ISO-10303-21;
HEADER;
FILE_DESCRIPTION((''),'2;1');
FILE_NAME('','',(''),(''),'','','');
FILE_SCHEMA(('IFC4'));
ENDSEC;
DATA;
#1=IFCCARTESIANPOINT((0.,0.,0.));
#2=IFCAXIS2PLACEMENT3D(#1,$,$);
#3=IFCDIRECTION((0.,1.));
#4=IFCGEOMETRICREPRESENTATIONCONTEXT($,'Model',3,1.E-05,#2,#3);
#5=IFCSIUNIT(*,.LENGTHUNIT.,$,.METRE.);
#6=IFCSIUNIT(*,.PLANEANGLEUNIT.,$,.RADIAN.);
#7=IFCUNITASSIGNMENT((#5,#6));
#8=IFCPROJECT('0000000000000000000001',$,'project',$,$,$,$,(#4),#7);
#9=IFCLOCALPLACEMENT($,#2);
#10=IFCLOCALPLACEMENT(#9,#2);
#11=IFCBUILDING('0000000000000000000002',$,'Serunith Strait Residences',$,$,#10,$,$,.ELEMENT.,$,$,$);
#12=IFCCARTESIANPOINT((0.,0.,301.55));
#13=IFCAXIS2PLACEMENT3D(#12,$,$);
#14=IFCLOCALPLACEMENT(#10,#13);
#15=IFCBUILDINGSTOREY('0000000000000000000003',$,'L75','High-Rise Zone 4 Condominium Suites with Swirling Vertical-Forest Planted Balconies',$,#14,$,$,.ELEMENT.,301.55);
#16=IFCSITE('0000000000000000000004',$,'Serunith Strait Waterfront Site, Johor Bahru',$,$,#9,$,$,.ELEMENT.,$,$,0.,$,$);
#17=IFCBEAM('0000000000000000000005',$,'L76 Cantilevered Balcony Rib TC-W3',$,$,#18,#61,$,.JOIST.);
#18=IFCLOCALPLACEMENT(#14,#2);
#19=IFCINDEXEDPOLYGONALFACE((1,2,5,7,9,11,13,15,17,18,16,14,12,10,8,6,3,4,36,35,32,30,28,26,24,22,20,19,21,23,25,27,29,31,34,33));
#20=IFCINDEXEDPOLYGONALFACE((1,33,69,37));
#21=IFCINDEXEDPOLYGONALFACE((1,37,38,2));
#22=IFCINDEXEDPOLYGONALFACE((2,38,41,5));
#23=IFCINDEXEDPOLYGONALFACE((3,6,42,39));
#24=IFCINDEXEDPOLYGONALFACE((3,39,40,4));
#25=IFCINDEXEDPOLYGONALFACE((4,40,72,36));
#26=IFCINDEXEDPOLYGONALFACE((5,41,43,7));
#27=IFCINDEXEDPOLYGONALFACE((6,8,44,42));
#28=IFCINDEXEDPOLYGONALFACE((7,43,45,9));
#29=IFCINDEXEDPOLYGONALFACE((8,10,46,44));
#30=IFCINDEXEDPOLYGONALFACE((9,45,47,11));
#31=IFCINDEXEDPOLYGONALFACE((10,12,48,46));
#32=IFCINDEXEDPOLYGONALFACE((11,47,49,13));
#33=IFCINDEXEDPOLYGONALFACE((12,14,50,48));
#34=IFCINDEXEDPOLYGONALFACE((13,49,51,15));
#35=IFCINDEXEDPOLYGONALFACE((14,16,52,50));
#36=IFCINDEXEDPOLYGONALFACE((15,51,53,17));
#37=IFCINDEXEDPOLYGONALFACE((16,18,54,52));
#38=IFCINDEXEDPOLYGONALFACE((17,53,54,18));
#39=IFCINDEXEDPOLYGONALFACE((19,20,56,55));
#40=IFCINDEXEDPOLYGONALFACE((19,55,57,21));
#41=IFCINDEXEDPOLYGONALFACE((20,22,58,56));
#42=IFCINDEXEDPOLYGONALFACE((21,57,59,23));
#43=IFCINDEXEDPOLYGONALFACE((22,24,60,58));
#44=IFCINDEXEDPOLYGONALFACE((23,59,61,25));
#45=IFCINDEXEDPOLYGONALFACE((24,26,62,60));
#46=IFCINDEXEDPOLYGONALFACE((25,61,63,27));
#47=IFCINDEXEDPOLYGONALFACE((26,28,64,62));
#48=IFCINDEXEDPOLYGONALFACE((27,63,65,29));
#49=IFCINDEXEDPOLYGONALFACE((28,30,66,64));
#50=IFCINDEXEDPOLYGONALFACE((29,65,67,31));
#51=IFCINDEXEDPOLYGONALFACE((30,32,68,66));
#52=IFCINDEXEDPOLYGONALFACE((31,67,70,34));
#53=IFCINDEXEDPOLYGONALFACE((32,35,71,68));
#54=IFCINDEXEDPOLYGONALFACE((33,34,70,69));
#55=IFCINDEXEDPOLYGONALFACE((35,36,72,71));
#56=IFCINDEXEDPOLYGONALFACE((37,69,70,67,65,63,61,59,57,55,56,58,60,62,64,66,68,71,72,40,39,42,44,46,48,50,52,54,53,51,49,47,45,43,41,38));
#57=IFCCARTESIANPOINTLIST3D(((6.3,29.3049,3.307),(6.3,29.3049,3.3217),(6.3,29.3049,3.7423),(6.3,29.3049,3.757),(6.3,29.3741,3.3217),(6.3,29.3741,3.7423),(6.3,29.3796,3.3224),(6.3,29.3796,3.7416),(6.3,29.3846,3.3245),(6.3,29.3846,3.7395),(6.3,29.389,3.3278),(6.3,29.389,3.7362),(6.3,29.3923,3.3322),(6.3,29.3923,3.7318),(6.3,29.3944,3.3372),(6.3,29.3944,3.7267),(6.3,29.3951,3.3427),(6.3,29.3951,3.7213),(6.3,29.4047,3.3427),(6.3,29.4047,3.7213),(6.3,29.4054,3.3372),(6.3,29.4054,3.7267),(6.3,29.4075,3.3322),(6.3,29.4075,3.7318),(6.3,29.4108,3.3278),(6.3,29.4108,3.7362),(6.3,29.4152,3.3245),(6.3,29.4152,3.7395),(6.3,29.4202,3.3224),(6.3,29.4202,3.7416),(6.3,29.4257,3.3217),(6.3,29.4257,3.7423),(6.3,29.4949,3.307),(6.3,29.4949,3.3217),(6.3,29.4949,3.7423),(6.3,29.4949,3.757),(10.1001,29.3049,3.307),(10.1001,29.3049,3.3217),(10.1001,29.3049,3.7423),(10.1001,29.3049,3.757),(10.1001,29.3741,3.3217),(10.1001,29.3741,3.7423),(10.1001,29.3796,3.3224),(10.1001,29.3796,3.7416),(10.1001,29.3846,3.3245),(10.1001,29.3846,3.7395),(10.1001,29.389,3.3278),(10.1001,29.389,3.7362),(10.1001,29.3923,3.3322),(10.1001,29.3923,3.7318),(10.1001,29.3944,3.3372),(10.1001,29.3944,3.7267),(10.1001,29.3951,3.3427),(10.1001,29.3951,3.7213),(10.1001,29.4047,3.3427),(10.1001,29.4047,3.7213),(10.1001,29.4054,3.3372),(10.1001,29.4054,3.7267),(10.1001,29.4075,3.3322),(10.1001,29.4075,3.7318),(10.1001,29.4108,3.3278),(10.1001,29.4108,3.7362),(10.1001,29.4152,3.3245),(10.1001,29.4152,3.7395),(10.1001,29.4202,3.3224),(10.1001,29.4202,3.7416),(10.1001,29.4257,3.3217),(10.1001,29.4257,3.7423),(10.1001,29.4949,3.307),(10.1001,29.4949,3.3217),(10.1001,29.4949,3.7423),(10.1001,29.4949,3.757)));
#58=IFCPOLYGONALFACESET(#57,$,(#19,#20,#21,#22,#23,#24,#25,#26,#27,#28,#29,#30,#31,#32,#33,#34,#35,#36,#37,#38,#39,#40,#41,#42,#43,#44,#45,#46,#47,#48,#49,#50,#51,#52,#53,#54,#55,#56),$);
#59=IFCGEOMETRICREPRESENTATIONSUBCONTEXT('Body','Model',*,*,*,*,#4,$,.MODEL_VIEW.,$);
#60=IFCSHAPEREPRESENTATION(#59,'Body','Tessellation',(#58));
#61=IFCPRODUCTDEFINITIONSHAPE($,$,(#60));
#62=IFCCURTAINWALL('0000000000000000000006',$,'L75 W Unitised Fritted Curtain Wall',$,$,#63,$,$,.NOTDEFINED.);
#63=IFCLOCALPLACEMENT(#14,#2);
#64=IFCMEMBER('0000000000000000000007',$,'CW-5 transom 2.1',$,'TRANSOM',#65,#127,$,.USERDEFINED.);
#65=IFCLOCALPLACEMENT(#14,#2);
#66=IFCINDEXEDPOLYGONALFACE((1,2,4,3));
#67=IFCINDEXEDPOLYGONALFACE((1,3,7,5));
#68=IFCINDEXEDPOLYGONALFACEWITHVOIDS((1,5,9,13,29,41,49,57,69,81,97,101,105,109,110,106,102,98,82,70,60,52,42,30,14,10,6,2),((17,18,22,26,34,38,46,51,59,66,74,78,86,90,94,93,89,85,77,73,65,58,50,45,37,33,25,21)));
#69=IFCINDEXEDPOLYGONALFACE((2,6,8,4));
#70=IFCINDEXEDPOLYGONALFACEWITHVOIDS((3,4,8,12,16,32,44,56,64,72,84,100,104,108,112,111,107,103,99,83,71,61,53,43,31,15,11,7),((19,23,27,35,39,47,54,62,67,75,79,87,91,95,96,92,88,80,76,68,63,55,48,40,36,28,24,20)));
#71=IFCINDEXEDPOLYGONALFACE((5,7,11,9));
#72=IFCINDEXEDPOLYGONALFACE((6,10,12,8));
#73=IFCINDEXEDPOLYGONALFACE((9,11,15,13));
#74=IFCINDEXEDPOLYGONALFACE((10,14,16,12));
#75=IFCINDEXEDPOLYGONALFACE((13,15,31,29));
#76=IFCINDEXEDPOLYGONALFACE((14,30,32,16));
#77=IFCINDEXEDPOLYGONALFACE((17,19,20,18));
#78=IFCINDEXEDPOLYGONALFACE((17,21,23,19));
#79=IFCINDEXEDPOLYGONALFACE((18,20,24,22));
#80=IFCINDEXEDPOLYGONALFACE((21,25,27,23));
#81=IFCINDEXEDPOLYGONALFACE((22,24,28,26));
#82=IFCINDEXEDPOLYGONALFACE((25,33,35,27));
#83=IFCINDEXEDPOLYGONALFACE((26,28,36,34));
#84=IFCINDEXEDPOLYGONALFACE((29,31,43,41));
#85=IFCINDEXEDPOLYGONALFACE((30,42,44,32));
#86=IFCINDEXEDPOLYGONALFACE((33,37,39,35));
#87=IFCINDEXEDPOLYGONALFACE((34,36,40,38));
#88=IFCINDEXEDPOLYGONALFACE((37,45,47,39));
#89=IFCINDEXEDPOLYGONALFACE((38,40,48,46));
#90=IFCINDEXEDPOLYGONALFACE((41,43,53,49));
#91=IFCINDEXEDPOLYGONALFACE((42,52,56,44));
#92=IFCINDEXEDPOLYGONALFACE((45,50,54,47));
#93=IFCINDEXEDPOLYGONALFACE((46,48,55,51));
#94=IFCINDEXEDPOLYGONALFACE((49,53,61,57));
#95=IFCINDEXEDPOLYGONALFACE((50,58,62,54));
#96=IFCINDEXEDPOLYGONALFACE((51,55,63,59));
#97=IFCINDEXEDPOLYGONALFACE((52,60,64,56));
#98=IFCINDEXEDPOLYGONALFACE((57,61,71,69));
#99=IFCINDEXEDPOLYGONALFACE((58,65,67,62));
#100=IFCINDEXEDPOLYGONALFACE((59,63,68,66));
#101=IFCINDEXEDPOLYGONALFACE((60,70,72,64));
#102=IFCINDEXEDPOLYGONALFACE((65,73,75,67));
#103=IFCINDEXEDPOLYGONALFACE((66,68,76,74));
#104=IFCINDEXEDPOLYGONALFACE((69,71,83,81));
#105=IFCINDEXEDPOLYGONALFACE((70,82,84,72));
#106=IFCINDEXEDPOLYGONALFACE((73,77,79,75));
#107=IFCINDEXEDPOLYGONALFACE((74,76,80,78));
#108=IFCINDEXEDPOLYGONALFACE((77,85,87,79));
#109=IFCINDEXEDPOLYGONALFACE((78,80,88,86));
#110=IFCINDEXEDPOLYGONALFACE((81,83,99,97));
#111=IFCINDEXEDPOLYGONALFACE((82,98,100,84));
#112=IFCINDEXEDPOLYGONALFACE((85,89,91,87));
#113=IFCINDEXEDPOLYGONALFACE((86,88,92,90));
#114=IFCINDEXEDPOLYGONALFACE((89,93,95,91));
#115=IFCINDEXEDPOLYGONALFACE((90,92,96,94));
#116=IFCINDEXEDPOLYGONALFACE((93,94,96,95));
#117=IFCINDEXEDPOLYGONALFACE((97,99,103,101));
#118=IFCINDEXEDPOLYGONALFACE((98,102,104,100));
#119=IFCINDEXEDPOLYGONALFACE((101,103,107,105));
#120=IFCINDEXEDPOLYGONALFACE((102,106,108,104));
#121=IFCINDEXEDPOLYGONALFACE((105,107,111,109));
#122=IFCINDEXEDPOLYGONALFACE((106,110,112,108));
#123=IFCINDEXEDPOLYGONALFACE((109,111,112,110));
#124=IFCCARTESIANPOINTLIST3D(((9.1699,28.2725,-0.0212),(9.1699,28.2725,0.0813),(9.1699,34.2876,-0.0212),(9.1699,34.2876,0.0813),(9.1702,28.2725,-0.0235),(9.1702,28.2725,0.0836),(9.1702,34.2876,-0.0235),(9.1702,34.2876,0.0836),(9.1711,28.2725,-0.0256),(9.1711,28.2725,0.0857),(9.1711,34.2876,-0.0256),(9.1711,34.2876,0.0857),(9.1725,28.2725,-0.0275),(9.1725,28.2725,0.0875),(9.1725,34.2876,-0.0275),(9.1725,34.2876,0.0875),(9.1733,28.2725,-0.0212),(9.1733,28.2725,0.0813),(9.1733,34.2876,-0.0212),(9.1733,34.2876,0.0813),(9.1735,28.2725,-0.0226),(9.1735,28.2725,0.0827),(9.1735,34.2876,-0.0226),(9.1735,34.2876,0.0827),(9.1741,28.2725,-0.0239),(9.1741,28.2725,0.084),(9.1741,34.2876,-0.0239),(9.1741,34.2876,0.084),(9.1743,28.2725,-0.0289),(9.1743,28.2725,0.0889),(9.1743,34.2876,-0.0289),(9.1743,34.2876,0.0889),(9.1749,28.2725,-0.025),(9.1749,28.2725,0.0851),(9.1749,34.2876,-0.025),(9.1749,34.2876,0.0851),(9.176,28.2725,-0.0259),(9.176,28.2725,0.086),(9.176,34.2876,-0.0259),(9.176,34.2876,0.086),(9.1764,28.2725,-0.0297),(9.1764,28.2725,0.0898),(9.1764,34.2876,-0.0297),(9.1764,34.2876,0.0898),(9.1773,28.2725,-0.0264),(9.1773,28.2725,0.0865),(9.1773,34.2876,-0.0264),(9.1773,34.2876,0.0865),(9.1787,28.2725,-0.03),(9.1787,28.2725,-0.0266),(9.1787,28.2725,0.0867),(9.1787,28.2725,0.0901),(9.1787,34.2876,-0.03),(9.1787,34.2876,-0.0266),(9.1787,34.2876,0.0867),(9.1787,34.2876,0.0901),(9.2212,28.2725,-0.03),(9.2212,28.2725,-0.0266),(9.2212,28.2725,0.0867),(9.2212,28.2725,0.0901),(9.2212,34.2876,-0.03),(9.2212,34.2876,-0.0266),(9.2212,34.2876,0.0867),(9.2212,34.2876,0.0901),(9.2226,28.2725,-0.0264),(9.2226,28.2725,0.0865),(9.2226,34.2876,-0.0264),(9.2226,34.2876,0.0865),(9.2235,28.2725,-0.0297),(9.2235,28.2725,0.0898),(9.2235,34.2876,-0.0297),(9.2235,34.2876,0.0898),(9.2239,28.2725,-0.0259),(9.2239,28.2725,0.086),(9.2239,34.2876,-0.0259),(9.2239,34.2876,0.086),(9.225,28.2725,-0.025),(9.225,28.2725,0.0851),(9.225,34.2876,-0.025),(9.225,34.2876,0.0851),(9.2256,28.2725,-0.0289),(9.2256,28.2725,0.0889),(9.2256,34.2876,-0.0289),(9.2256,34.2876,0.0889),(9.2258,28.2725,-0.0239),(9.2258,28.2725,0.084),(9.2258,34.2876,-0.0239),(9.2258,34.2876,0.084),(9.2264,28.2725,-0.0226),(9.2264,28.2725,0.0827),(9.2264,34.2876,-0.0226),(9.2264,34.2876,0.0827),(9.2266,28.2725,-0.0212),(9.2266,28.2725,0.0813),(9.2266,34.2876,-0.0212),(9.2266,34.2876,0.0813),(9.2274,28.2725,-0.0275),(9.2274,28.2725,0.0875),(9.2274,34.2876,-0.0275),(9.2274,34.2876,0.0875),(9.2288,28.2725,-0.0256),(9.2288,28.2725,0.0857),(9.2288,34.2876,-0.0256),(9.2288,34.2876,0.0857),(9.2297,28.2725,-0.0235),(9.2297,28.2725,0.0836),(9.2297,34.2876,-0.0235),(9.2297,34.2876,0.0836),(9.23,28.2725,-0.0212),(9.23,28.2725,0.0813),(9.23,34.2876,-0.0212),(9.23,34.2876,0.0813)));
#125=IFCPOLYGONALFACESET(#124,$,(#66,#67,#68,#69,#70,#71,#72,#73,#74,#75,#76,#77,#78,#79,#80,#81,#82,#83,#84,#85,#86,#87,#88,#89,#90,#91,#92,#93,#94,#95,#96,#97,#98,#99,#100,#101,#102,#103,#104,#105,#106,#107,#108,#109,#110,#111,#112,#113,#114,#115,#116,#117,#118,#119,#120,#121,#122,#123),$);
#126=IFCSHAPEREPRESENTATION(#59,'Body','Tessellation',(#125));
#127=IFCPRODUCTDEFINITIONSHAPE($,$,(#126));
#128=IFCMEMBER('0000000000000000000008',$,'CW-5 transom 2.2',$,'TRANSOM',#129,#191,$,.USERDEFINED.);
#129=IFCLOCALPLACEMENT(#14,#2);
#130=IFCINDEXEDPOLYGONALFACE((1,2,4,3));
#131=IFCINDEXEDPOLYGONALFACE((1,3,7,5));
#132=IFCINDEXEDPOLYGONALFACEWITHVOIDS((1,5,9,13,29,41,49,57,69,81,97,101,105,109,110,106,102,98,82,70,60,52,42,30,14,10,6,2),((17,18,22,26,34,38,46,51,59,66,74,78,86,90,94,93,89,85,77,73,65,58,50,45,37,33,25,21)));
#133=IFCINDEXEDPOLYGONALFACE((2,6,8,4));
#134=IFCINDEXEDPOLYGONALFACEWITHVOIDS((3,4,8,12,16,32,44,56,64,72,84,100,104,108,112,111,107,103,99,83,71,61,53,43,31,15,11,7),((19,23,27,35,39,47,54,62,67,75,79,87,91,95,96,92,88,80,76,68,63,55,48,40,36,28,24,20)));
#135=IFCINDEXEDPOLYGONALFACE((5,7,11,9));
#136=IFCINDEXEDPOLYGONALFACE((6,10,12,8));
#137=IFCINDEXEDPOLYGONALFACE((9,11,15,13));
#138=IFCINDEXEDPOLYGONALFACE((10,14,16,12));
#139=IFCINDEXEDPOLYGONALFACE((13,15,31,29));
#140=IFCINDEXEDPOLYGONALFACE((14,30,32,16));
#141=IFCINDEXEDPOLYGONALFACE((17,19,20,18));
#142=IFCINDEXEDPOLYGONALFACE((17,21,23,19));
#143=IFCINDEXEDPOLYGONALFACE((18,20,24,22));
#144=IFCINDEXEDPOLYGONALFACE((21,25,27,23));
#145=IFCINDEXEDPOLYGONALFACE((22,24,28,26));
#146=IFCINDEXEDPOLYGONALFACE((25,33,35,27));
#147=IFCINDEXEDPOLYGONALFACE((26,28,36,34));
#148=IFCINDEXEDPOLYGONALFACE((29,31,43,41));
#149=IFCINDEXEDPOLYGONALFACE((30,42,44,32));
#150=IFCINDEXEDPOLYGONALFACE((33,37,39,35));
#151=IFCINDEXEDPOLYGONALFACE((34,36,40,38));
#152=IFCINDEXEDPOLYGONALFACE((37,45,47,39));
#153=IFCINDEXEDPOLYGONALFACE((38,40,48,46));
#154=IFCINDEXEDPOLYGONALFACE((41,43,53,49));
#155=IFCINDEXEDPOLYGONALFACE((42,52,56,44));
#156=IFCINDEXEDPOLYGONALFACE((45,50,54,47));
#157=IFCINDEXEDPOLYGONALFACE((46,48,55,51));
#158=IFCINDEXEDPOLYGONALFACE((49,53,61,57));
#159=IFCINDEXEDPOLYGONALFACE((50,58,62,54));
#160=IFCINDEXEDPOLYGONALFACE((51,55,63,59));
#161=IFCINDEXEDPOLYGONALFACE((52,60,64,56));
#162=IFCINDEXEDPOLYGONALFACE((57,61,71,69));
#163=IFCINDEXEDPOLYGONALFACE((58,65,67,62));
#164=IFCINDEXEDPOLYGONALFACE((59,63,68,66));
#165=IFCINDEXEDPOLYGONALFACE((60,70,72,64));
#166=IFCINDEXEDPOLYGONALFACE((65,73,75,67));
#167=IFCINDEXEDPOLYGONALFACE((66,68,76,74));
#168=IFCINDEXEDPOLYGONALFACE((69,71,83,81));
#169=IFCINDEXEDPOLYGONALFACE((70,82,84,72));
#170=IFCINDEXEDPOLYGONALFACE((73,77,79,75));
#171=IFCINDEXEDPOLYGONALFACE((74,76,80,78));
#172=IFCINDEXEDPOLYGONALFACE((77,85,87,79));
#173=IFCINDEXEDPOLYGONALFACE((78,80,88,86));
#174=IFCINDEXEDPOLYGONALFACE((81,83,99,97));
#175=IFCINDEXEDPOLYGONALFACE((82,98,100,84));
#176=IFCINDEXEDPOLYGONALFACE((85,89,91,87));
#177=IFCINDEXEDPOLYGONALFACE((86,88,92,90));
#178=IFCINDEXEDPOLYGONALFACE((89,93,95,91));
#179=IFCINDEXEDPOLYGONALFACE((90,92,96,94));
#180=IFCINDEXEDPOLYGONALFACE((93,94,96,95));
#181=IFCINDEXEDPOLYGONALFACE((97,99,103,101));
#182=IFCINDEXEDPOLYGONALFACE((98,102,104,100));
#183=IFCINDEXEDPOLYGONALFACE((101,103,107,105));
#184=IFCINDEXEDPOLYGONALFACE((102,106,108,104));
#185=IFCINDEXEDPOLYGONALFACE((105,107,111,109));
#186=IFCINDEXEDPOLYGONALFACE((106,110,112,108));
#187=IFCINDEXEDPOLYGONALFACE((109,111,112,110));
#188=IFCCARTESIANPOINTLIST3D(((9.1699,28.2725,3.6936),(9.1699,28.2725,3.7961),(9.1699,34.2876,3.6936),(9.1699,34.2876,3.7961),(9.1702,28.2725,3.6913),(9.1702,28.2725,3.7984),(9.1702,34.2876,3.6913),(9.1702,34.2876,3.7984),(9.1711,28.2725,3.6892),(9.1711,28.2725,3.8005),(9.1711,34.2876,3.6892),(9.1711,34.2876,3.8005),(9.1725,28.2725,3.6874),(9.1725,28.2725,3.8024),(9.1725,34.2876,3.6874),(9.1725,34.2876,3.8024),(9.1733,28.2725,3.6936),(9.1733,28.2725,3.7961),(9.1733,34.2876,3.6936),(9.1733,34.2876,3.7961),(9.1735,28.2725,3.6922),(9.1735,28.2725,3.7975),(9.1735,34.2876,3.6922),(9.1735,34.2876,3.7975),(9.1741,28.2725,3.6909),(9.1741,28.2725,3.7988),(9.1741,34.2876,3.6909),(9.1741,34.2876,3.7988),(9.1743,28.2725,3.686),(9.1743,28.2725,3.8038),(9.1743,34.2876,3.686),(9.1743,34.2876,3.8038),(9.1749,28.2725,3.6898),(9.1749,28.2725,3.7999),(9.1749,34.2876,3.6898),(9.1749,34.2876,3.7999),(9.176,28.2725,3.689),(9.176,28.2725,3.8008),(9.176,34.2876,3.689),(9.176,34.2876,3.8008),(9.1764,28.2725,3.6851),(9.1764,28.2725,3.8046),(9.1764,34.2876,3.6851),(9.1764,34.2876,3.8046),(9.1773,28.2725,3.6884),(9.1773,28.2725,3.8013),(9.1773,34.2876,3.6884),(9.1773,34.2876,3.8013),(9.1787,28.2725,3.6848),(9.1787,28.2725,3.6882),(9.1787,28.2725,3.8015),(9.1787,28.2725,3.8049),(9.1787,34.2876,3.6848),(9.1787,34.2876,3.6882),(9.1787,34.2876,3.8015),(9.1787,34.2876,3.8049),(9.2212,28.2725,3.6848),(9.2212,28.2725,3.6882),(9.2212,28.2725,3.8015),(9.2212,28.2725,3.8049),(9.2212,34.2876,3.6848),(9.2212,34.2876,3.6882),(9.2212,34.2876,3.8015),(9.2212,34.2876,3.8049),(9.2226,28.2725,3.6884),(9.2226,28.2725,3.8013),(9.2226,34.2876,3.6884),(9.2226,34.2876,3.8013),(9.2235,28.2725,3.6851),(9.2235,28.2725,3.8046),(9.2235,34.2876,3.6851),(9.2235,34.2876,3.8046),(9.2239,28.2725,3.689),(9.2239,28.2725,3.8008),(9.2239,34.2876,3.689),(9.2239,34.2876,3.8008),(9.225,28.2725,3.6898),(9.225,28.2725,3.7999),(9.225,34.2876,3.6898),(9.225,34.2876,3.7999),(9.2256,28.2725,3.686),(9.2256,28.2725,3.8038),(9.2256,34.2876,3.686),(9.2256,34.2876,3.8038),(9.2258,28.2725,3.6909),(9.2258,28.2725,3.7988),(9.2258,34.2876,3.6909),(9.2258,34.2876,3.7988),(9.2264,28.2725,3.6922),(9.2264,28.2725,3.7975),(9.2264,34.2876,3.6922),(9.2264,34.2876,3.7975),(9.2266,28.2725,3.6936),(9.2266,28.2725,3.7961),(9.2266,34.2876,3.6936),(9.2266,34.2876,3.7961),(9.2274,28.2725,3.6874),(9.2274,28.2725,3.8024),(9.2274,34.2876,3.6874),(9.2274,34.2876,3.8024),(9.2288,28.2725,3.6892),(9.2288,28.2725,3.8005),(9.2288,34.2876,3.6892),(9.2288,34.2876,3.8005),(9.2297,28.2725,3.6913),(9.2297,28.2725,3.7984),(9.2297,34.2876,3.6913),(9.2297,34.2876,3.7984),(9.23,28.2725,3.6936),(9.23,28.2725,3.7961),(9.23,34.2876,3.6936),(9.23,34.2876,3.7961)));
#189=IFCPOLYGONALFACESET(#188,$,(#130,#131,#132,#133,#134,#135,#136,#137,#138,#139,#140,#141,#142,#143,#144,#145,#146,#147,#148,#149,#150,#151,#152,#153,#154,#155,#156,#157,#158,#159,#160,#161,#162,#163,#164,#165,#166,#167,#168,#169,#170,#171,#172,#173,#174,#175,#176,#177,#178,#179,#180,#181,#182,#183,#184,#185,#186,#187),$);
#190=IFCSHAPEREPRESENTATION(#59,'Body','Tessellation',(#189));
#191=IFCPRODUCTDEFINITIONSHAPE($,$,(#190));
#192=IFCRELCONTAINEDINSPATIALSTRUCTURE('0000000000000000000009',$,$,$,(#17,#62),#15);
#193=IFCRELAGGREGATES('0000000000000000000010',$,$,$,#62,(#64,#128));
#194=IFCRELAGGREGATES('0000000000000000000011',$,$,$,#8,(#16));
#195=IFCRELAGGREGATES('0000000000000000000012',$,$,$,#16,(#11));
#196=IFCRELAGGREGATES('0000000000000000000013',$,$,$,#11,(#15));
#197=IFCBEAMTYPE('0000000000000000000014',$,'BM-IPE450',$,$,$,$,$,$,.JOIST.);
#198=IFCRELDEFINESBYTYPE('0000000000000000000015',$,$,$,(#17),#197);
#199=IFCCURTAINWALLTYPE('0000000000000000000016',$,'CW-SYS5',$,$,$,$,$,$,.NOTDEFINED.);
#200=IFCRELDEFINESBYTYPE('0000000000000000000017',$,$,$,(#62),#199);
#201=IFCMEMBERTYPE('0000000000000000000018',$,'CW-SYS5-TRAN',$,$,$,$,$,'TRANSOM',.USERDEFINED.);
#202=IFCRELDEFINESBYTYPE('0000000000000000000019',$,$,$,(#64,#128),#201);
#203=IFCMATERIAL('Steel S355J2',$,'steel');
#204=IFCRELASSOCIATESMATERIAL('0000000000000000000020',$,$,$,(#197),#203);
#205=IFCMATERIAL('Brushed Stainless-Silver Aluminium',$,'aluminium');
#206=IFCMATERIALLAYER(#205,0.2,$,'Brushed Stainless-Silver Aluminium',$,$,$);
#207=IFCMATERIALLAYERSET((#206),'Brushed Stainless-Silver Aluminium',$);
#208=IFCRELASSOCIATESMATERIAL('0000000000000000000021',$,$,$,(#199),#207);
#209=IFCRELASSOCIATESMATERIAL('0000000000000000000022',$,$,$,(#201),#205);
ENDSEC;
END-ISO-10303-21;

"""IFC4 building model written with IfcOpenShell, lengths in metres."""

from ifc_helpers import new_model, si_unit, direction, frame, origin, origin_2d, place, context, subcontext, project, spatial, hollow_rectangle, i_section, extrude, source, transform, mapped, material, layer, layer_set, material_profile, profile_set, type_object, element, aggregate, save


model = new_model("IFC4")

# Units and contexts
model_context = context("Model", 3, precision=1e-05, world=origin(), true_north=direction((0.0, 1.0)))
body_context = subcontext(model_context, "Body", "Model", "MODEL_VIEW")
ifc_project = project(units=[si_unit("LENGTHUNIT", "METRE"), si_unit("PLANEANGLEUNIT", "RADIAN")], contexts=[model_context])

# Site, building, storey
site_placement = place(None, origin())
site = spatial("IfcSite", under=ifc_project, at=site_placement, Name="Serunith Strait Waterfront Site, Johor Bahru", CompositionType="ELEMENT", RefElevation=0.0)
building_placement = place(site_placement, origin())
building = spatial("IfcBuilding", under=site, at=building_placement, Name="Serunith Strait Residences", CompositionType="ELEMENT")
storey_placement = place(building_placement, frame((0.0, 0.0, 301.55)))
storey = spatial("IfcBuildingStorey", under=building, at=storey_placement, Name="L75", Description="High-Rise Zone 4 Condominium Suites with Swirling Vertical-Forest Planted Balconies", CompositionType="ELEMENT", Elevation=301.55)

# Beam
ifc_material_1 = material(Name="Steel S355J2", Category="steel")
ifc_material_profile_1 = material_profile(ifc_material_1, i_section(OverallWidth=0.1899, OverallDepth=0.45, WebThickness=0.0095, FlangeThickness=0.0146, FilletRadius=0.021, at=origin_2d()), Name="IPE 450")
ifc_profile_set_1 = profile_set([ifc_material_profile_1], Name="Steel S355J2")
beam_type_1 = type_object("IfcBeamType", Name="BM-IPE450", PredefinedType="JOIST", material=ifc_profile_set_1)
shared_shape_1 = source(origin(), body_context, "Body", "SweptSolid", [
    extrude(i_section(OverallWidth=0.1899, OverallDepth=0.45, WebThickness=0.0095, FlangeThickness=0.0146, FilletRadius=0.021, at=origin_2d()), origin(), (0.0, 0.0, 1.0), 3.8),
])
beam_1_placement = place(storey_placement, frame((10.1001, 29.3999, 3.532), z_axis=(-1.0, 0.0, 0.0), x_axis=(0.0, -1.0, 0.0)))
element("IfcBeam", 1, at=beam_1_placement, inside=storey, type_object=beam_type_1, Name="L76 Cantilevered Balcony Rib TC-W3", PredefinedType="JOIST", context=body_context, shape_type="MappedRepresentation", body=[
    mapped(shared_shape_1, transform((0.0, 0.0, 0.0), scale=1.0)),
])

# Curtain wall, members
ifc_material_2 = material(Name="Brushed Stainless-Silver Aluminium", Category="aluminium")
ifc_layer_1 = layer(ifc_material_2, 0.2, Name="Brushed Stainless-Silver Aluminium")
ifc_layer_set_1 = layer_set([ifc_layer_1], Name="Brushed Stainless-Silver Aluminium")
curtain_wall_type = type_object("IfcCurtainWallType", Name="CW-SYS5", PredefinedType="NOTDEFINED", material=ifc_layer_set_1)
curtain_wall_placement = place(storey_placement, origin())
curtain_wall = element("IfcCurtainWall", 2, at=curtain_wall_placement, inside=storey, type_object=curtain_wall_type, Name="L75 W Unitised Fritted Curtain Wall", PredefinedType="NOTDEFINED")
ifc_material_profile_2 = material_profile(ifc_material_2, hollow_rectangle(XDim=0.0601, YDim=0.1201, WallThickness=0.0034, InnerFilletRadius=0.0054, OuterFilletRadius=0.0088, at=origin_2d()), Name="ALU 120x60x3.5")
ifc_profile_set_2 = profile_set([ifc_material_profile_2], Name="Brushed Stainless-Silver Aluminium")
member_type_1 = type_object("IfcMemberType", Name="CW-SYS5-TRAN", ElementType="TRANSOM", PredefinedType="USERDEFINED", material=ifc_profile_set_2)
shared_shape_2 = source(origin(), body_context, "Body", "SweptSolid", [
    extrude(hollow_rectangle(XDim=0.0601, YDim=0.1201, WallThickness=0.0034, InnerFilletRadius=0.0054, OuterFilletRadius=0.0088, at=origin_2d()), origin(), (0.0, 0.0, 1.0), 6.0151),
])
member_1_placement = place(storey_placement, frame((9.2, 34.2876, 0.03), z_axis=(0.0, -1.0, 0.0), x_axis=(1.0, 0.0, 0.0)))
member_1 = element("IfcMember", 3, at=member_1_placement, type_object=member_type_1, Name="CW-5 transom 2.1", ObjectType="TRANSOM", PredefinedType="USERDEFINED", context=body_context, shape_type="MappedRepresentation", body=[
    mapped(shared_shape_2, transform((0.0, 0.0, 0.0), scale=1.0)),
])
member_2_placement = place(storey_placement, frame((9.2, 34.2876, 3.7449), z_axis=(0.0, -1.0, 0.0), x_axis=(1.0, 0.0, 0.0)))
member_2 = element("IfcMember", 4, at=member_2_placement, type_object=member_type_1, Name="CW-5 transom 2.2", ObjectType="TRANSOM", PredefinedType="USERDEFINED", context=body_context, shape_type="MappedRepresentation", body=[
    mapped(shared_shape_2, transform((0.0, 0.0, 0.0), scale=1.0)),
])
aggregate(curtain_wall, [member_1, member_2])

save(model, "model.ifc")
